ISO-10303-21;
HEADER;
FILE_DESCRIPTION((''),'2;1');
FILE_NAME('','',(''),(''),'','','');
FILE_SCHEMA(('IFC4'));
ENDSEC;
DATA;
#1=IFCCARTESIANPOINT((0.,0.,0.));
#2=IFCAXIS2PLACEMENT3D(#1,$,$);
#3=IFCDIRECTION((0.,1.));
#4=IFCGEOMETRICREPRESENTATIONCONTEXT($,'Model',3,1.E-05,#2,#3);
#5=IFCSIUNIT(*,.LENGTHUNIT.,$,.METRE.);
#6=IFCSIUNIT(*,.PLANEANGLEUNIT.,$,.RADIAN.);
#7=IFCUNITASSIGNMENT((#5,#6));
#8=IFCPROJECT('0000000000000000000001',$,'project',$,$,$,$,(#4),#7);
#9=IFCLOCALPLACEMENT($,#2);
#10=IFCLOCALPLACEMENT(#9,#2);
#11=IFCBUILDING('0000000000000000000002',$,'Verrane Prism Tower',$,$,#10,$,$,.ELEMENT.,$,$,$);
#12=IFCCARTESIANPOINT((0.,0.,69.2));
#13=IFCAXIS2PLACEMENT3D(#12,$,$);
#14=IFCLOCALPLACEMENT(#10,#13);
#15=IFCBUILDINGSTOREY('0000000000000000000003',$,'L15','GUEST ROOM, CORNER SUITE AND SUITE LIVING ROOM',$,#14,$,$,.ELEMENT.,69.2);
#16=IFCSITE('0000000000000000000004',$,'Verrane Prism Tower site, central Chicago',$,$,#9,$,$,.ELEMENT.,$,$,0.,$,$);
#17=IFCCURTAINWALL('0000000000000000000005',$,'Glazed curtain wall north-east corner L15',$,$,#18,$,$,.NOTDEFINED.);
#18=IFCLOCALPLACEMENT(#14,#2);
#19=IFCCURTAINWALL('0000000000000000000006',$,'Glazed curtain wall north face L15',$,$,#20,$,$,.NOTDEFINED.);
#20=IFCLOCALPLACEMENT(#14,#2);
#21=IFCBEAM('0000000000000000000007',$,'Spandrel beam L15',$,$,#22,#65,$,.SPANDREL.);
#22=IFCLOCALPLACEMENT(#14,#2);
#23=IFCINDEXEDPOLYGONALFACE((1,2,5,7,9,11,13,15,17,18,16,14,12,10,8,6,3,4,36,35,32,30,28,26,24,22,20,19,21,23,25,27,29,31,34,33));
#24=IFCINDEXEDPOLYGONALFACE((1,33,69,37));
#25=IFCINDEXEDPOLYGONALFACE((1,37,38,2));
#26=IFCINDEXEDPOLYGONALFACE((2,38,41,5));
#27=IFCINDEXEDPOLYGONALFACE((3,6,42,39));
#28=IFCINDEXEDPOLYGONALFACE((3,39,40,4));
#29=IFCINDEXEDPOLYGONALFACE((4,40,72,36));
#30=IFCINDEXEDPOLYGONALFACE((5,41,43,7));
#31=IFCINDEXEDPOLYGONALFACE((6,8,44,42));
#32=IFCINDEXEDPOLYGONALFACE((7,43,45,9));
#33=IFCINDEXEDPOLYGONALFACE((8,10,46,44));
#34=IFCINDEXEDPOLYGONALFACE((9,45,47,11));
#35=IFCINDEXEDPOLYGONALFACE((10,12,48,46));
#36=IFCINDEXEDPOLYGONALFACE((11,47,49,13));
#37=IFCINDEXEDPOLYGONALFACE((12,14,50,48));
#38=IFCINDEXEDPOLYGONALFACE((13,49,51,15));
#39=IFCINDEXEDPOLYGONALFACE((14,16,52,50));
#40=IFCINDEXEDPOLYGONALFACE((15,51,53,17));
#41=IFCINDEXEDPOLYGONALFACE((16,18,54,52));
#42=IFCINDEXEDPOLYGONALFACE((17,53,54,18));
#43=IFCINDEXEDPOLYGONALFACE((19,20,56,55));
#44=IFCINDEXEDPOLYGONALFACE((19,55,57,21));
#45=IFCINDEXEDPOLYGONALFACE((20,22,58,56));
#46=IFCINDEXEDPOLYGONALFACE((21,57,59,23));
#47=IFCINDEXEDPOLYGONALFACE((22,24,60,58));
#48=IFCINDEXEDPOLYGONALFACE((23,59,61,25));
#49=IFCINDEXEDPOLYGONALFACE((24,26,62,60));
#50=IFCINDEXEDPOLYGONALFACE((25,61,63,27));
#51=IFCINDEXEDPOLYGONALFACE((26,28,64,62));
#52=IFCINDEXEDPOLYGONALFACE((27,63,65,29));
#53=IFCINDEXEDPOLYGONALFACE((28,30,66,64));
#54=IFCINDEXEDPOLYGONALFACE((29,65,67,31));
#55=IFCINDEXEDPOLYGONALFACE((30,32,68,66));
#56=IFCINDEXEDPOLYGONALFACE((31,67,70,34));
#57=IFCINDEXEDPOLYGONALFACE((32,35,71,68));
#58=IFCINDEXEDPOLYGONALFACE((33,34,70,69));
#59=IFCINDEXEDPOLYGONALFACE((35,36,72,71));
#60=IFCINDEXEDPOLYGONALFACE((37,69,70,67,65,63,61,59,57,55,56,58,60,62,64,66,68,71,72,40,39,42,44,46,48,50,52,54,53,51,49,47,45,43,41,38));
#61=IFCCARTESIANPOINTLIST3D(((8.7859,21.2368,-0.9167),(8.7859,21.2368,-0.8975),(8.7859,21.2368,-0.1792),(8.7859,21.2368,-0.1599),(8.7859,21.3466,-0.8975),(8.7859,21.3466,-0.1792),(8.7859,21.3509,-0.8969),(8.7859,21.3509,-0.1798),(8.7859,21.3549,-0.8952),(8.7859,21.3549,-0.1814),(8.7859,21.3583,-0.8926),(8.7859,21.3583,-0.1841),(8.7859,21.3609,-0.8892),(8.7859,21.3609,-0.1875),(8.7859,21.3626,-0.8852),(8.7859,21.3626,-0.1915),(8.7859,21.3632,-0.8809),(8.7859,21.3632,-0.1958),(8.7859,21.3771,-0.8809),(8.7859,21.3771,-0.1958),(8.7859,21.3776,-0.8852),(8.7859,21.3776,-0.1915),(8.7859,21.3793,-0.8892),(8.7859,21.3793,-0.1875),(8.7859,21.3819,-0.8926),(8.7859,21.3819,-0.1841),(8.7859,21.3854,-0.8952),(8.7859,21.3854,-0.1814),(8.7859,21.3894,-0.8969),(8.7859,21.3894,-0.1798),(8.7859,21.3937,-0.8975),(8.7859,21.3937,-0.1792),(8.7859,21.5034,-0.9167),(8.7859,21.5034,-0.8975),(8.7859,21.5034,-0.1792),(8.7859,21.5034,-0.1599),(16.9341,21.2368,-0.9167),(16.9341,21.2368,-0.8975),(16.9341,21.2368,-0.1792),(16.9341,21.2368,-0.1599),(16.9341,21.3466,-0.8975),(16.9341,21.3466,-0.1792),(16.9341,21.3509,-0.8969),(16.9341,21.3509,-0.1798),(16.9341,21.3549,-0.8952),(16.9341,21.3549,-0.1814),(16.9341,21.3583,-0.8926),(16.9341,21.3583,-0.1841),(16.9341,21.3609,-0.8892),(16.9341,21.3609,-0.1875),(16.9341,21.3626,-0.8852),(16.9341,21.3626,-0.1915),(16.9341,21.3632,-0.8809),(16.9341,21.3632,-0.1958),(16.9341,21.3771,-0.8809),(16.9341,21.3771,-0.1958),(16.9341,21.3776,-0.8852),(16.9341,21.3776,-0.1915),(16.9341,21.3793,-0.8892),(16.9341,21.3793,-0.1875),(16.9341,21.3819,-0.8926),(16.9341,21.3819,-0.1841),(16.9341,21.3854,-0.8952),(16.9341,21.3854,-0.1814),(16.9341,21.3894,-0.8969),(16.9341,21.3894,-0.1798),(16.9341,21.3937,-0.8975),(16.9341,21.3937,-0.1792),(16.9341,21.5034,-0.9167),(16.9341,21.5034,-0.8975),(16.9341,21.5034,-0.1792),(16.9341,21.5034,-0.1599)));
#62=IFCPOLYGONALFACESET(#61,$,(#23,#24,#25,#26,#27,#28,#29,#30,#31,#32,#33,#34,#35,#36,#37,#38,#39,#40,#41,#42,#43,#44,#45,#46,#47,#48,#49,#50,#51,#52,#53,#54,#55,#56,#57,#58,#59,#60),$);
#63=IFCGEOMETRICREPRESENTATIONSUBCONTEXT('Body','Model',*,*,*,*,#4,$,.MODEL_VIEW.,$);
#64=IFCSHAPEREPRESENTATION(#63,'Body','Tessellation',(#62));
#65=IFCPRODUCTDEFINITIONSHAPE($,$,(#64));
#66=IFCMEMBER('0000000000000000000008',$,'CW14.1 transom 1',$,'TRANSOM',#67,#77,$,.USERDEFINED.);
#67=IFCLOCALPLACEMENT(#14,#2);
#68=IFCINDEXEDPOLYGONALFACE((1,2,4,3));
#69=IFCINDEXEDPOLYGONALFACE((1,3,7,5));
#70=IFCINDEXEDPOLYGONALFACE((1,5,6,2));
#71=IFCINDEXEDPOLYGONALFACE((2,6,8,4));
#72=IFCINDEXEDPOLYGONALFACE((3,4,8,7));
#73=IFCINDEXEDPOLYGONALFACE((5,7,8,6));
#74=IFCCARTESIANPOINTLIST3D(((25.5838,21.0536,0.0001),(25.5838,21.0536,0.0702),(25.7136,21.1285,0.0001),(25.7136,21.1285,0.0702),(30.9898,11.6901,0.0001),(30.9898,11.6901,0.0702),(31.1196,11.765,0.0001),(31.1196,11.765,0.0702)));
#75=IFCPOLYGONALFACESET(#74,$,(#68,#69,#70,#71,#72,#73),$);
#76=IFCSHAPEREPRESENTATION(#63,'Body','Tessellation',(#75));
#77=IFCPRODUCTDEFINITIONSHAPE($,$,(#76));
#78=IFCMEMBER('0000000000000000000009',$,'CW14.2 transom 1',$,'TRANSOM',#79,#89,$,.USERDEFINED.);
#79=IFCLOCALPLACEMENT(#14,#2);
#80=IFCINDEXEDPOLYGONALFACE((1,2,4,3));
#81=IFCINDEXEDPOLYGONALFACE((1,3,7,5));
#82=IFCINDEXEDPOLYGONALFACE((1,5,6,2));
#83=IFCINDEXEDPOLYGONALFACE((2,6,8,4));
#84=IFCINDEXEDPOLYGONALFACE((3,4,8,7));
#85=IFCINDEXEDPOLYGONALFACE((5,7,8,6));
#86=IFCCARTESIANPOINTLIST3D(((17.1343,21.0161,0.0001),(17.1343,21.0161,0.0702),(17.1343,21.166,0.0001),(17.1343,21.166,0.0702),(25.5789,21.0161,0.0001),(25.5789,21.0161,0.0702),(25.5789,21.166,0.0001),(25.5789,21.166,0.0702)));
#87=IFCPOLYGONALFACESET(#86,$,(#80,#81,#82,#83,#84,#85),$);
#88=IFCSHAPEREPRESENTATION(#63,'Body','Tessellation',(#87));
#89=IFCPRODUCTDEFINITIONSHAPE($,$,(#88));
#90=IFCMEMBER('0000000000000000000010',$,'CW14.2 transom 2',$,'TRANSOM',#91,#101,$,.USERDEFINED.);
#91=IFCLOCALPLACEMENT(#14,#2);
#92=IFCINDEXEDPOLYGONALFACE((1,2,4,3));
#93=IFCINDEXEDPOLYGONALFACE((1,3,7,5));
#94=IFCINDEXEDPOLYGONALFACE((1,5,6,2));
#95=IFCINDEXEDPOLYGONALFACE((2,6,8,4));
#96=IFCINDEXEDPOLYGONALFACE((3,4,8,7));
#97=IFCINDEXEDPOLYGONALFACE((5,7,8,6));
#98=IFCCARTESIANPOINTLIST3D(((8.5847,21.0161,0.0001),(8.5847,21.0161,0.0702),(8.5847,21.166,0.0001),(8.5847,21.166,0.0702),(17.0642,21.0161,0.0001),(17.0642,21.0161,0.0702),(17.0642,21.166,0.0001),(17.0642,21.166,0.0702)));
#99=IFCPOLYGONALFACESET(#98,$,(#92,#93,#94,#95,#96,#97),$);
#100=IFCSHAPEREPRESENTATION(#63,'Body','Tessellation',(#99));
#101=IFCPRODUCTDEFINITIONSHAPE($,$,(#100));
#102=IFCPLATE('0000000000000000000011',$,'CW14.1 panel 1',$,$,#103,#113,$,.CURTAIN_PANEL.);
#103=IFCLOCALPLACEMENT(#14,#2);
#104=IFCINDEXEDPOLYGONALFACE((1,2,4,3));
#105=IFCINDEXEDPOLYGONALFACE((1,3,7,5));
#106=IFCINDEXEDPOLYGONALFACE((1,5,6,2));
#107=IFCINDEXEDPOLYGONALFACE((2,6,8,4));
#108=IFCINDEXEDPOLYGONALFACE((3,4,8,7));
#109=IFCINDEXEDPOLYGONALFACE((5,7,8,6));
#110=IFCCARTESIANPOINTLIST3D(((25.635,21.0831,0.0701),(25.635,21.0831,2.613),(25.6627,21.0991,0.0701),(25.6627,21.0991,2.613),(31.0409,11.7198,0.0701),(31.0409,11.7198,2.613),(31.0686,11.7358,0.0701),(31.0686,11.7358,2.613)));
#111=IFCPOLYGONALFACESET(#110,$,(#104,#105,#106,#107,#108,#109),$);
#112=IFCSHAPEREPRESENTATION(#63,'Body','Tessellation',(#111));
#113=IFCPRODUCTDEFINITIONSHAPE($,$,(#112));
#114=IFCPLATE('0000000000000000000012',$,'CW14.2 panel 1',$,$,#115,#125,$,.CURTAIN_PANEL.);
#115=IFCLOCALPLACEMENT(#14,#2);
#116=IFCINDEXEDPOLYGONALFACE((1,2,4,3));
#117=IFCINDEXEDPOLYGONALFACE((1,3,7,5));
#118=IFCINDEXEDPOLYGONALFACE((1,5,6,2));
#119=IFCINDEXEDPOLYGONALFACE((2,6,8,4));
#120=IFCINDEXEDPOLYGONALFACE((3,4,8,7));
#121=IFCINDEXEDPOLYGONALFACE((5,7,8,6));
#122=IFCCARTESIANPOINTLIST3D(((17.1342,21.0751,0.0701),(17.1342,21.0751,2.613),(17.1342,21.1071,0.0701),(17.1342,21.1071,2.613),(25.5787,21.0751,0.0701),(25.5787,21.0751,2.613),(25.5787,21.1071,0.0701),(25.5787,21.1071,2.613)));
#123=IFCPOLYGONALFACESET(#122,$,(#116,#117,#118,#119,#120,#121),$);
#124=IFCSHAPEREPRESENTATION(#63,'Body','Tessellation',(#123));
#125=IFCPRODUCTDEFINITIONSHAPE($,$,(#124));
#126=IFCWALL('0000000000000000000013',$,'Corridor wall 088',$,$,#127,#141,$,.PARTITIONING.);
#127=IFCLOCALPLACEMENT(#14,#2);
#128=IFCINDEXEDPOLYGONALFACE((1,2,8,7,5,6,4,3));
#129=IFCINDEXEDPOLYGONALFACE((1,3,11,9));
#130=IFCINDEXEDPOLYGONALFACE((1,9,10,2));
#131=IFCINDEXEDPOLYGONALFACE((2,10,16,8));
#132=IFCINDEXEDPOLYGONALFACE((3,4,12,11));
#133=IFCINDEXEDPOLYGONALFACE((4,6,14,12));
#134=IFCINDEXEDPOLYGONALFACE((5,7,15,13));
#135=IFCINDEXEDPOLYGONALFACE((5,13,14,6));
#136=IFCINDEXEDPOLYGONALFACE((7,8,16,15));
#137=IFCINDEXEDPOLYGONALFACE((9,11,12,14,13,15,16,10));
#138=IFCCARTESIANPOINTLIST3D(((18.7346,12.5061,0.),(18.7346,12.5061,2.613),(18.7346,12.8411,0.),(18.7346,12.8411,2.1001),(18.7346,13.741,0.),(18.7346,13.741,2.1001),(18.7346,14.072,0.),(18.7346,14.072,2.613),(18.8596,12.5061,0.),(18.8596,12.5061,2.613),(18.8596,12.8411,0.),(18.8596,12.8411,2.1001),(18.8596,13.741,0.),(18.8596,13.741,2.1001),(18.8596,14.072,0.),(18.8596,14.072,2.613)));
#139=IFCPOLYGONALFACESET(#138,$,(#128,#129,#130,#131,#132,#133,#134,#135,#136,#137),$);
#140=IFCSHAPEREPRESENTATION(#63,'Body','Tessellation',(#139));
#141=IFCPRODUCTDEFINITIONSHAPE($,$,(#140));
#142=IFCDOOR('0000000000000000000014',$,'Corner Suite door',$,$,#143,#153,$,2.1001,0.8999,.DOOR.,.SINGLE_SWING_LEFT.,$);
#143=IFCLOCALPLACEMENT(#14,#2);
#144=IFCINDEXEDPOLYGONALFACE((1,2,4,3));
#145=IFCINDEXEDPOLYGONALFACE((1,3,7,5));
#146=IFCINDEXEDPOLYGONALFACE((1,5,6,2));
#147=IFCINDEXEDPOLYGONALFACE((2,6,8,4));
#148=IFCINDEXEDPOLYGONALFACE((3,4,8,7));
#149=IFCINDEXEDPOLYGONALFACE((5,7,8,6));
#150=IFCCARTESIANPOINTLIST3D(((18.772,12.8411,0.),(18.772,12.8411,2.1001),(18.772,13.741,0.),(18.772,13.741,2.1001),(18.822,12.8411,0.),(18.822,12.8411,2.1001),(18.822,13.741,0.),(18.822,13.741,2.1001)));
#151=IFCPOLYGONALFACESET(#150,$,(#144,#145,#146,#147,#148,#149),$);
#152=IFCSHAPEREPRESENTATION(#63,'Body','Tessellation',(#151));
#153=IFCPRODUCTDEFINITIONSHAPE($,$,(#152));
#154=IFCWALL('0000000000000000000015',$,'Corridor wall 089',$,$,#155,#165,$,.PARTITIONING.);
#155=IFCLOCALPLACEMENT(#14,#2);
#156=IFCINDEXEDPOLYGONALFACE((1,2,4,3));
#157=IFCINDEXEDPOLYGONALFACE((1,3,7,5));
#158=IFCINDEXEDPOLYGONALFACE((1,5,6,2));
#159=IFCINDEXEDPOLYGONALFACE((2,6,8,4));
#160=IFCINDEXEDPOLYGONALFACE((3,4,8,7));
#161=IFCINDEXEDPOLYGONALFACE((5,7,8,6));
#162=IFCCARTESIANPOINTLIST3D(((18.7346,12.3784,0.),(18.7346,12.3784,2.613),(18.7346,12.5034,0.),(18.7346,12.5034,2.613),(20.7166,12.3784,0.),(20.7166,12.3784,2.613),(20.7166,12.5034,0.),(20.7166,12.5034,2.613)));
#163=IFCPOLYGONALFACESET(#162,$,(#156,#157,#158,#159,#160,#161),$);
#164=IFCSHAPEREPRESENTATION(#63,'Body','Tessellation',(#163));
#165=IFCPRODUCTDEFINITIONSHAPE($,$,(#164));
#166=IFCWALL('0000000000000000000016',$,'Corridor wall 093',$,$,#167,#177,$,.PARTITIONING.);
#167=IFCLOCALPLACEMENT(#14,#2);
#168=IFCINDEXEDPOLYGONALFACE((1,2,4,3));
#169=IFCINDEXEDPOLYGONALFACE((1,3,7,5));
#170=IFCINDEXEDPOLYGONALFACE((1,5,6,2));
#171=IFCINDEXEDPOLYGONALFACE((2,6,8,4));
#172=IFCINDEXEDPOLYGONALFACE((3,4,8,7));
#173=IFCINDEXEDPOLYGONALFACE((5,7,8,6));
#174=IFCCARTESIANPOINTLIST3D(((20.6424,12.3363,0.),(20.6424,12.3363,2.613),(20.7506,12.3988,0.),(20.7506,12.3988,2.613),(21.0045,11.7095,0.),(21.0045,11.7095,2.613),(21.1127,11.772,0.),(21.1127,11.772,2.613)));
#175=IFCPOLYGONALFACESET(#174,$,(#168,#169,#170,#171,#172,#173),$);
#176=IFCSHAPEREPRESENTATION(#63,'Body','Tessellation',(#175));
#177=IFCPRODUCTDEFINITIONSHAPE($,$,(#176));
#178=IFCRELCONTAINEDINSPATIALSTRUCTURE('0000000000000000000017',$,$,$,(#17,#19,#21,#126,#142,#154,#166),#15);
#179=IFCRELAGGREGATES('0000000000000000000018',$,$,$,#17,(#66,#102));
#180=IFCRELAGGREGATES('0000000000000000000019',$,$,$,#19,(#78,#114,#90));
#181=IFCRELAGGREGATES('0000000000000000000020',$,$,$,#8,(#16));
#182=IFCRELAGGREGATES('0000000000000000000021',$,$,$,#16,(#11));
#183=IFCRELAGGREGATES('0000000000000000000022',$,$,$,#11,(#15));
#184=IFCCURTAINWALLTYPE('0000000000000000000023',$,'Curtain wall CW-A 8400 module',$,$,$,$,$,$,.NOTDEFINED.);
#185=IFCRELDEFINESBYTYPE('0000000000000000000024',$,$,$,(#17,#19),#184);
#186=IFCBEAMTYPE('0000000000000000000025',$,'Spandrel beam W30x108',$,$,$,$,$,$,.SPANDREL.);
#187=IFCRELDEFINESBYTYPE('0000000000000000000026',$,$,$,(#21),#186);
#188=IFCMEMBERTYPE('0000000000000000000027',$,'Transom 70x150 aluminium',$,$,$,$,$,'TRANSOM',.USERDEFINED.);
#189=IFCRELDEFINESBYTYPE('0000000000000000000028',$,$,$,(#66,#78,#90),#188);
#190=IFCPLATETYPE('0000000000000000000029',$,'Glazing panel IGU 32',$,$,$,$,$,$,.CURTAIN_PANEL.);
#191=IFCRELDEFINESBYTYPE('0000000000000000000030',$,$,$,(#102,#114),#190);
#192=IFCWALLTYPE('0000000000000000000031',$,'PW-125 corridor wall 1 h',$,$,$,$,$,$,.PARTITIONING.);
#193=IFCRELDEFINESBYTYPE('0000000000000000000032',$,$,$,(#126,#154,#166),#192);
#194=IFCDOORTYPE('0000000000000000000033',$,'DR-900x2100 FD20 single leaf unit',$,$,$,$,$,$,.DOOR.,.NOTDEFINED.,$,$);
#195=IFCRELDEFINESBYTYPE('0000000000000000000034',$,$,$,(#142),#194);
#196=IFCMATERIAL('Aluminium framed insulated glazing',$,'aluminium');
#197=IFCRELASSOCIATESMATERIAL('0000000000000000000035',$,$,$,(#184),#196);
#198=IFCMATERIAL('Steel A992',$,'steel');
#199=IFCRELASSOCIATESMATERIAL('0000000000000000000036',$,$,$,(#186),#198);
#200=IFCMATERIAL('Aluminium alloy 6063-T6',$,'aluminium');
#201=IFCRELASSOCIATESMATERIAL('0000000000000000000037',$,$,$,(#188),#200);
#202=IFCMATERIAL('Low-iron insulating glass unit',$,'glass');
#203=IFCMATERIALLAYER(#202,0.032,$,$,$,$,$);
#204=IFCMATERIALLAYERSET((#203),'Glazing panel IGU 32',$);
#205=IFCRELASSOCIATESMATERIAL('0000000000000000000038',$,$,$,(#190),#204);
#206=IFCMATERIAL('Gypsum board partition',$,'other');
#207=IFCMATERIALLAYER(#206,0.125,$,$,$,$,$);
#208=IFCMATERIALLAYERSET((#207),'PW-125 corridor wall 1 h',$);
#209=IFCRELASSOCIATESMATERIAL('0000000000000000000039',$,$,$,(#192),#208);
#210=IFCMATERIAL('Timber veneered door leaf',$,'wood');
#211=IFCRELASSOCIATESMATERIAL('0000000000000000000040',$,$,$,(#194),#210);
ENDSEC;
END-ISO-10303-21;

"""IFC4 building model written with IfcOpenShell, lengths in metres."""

from ifc_helpers import new_model, si_unit, direction, frame, frame_2d, origin, origin_2d, place, context, subcontext, project, spatial, rectangle, i_section, extrude, material, layer, layer_set, material_profile, profile_set, type_object, element, fill, aggregate, save


model = new_model("IFC4")

# Units and contexts
model_context = context("Model", 3, precision=1e-05, world=origin(), true_north=direction((0.0, 1.0)))
body_context = subcontext(model_context, "Body", "Model", "MODEL_VIEW")
ifc_project = project(units=[si_unit("LENGTHUNIT", "METRE"), si_unit("PLANEANGLEUNIT", "RADIAN")], contexts=[model_context])

# Site, building, storey
site_placement = place(None, origin())
site = spatial("IfcSite", under=ifc_project, at=site_placement, Name="Verrane Prism Tower site, central Chicago", CompositionType="ELEMENT", RefElevation=0.0)
building_placement = place(site_placement, origin())
building = spatial("IfcBuilding", under=site, at=building_placement, Name="Verrane Prism Tower", CompositionType="ELEMENT")
storey_placement = place(building_placement, frame((0.0, 0.0, 69.2)))
storey = spatial("IfcBuildingStorey", under=building, at=storey_placement, Name="L15", Description="GUEST ROOM, CORNER SUITE AND SUITE LIVING ROOM", CompositionType="ELEMENT", Elevation=69.2)

# Curtain wall
ifc_material_1 = material(Name="Aluminium framed insulated glazing", Category="aluminium")
curtain_wall_type = type_object("IfcCurtainWallType", Name="Curtain wall CW-A 8400 module", PredefinedType="NOTDEFINED", material=ifc_material_1)
curtain_wall_1_placement = place(storey_placement, origin())
curtain_wall_1 = element("IfcCurtainWall", 1, at=curtain_wall_1_placement, inside=storey, type_object=curtain_wall_type, Name="Glazed curtain wall north-east corner L15", PredefinedType="NOTDEFINED")

# Curtain wall
curtain_wall_2_placement = place(storey_placement, origin())
curtain_wall_2 = element("IfcCurtainWall", 2, at=curtain_wall_2_placement, inside=storey, type_object=curtain_wall_type, Name="Glazed curtain wall north face L15", PredefinedType="NOTDEFINED")

# Beam
ifc_material_2 = material(Name="Steel A992", Category="steel")
ifc_material_profile_1 = material_profile(ifc_material_2, i_section(OverallWidth=0.2666, OverallDepth=0.7568, WebThickness=0.0139, FlangeThickness=0.0193, FilletRadius=0.0166, at=origin_2d()), Name="W30x108")
ifc_profile_set_1 = profile_set([ifc_material_profile_1], Name="Steel A992")
beam_type_1 = type_object("IfcBeamType", Name="Spandrel beam W30x108", PredefinedType="SPANDREL", material=ifc_profile_set_1)
beam_1_placement = place(storey_placement, frame((16.9341, 21.3701, -0.5383), z_axis=(-1.0, 0.0, 0.0), x_axis=(0.0, -1.0, 0.0)))
element("IfcBeam", 3, at=beam_1_placement, inside=storey, type_object=beam_type_1, Name="Spandrel beam L15", PredefinedType="SPANDREL", context=body_context, shape_type="SweptSolid", body=[
    extrude(i_section(OverallWidth=0.2666, OverallDepth=0.7568, WebThickness=0.0139, FlangeThickness=0.0193, FilletRadius=0.0166, at=origin_2d()), origin(), (0.0, 0.0, 1.0), 8.1482),
])

# Members
ifc_material_3 = material(Name="Aluminium alloy 6063-T6", Category="aluminium")
ifc_material_profile_2 = material_profile(ifc_material_3, rectangle(XDim=0.1499, YDim=0.0701, at=origin_2d()), Name="Transom 70x150 aluminium")
ifc_profile_set_2 = profile_set([ifc_material_profile_2], Name="Aluminium alloy 6063-T6")
member_type_1 = type_object("IfcMemberType", Name="Transom 70x150 aluminium", ElementType="TRANSOM", PredefinedType="USERDEFINED", material=ifc_profile_set_2)
member_1_placement = place(storey_placement, frame((31.0547, 11.7275, 0.0352), z_axis=(-0.499998, 0.866027, 0.0), x_axis=(-0.866027, -0.499998, 0.0)))
member_1 = element("IfcMember", 4, at=member_1_placement, type_object=member_type_1, Name="CW14.1 transom 1", ObjectType="TRANSOM", PredefinedType="USERDEFINED", context=body_context, shape_type="SweptSolid", body=[
    extrude(rectangle(XDim=0.1499, YDim=0.0701, at=origin_2d()), origin(), (0.0, 0.0, 1.0), 10.812),
])
member_2_placement = place(storey_placement, frame((25.5789, 21.0911, 0.0352), z_axis=(-1.0, 0.0, 0.0), x_axis=(0.0, -1.0, 0.0)))
member_2 = element("IfcMember", 5, at=member_2_placement, type_object=member_type_1, Name="CW14.2 transom 1", ObjectType="TRANSOM", PredefinedType="USERDEFINED", context=body_context, shape_type="SweptSolid", body=[
    extrude(rectangle(XDim=0.1499, YDim=0.0701, at=origin_2d()), origin(), (0.0, 0.0, 1.0), 8.4446),
])
member_3_placement = place(storey_placement, frame((17.0642, 21.0911, 0.0352), z_axis=(-1.0, 0.0, 0.0), x_axis=(0.0, -1.0, 0.0)))
member_3 = element("IfcMember", 6, at=member_3_placement, type_object=member_type_1, Name="CW14.2 transom 2", ObjectType="TRANSOM", PredefinedType="USERDEFINED", context=body_context, shape_type="SweptSolid", body=[
    extrude(rectangle(XDim=0.1499, YDim=0.0701, at=origin_2d()), origin(), (0.0, 0.0, 1.0), 8.4795),
])

# Plates
ifc_material_4 = material(Name="Low-iron insulating glass unit", Category="glass")
ifc_layer_1 = layer(ifc_material_4, 0.032)
ifc_layer_set_1 = layer_set([ifc_layer_1], Name="Glazing panel IGU 32")
plate_type = type_object("IfcPlateType", Name="Glazing panel IGU 32", PredefinedType="CURTAIN_PANEL", material=ifc_layer_set_1)
plate_1_placement = place(storey_placement, frame((28.3518, 16.4094, 0.0701), z_axis=(0.0, 0.0, 1.0), x_axis=(-0.499997, 0.866027, 0.0)))
plate_1 = element("IfcPlate", 7, at=plate_1_placement, type_object=plate_type, Name="CW14.1 panel 1", PredefinedType="CURTAIN_PANEL", context=body_context, shape_type="SweptSolid", body=[
    extrude(rectangle(XDim=10.8118, YDim=0.032, at=origin_2d()), origin(), (0.0, 0.0, 1.0), 2.543),
])
aggregate(curtain_wall_1, [member_1, plate_1])
plate_2_placement = place(storey_placement, frame((21.3564, 21.0911, 0.0701), z_axis=(0.0, 0.0, 1.0), x_axis=(-1.0, 0.0, 0.0)))
plate_2 = element("IfcPlate", 8, at=plate_2_placement, type_object=plate_type, Name="CW14.2 panel 1", PredefinedType="CURTAIN_PANEL", context=body_context, shape_type="SweptSolid", body=[
    extrude(rectangle(XDim=8.4446, YDim=0.032, at=origin_2d()), origin(), (0.0, 0.0, 1.0), 2.543),
])
aggregate(curtain_wall_2, [member_2, plate_2, member_3])

# Wall, opening, door
ifc_material_5 = material(Name="Gypsum board partition", Category="other")
ifc_layer_2 = layer(ifc_material_5, 0.125)
ifc_layer_set_2 = layer_set([ifc_layer_2], Name="PW-125 corridor wall 1 h")
wall_type_1 = type_object("IfcWallType", Name="PW-125 corridor wall 1 h", PredefinedType="PARTITIONING", material=ifc_layer_set_2)
wall_1_placement = place(storey_placement, frame((18.7971, 14.072, 0.0), z_axis=(0.0, 0.0, 1.0), x_axis=(0.0, -1.0, 0.0)))
wall_1 = element("IfcWall", 9, at=wall_1_placement, inside=storey, type_object=wall_type_1, Name="Corridor wall 088", PredefinedType="PARTITIONING", context=body_context, shape_type="SweptSolid", body=[
    extrude(rectangle(XDim=1.5659, YDim=0.125, at=frame_2d((0.783, 0.0))), origin(), (0.0, 0.0, 1.0), 2.613),
])
opening_1_placement = place(wall_1_placement, frame((0.3311, 0.0, 0.0)))
opening_1 = element("IfcOpeningElement", 10, at=opening_1_placement, cuts=wall_1, PredefinedType="OPENING", context=body_context, shape_type="SweptSolid", body=[
    extrude(rectangle(XDim=0.8999, YDim=2.1001, at=frame_2d((0.45, 1.05))), frame((0.0, 0.0725, 0.0), z_axis=(0.0, -1.0, 0.0), x_axis=(1.0, 0.0, 0.0)), (0.0, 0.0, 1.0), 0.145),
])
ifc_material_6 = material(Name="Timber veneered door leaf", Category="wood")
door_type_1 = type_object("IfcDoorType", Name="DR-900x2100 FD20 single leaf unit", OperationType="NOTDEFINED", PredefinedType="DOOR", material=ifc_material_6)
door_1_placement = place(opening_1_placement, origin())
door_1 = element("IfcDoor", 11, at=door_1_placement, inside=storey, type_object=door_type_1, Name="Corner Suite door", OperationType="SINGLE_SWING_LEFT", OverallHeight=2.1001, OverallWidth=0.8999, PredefinedType="DOOR", context=body_context, shape_type="SweptSolid", body=[
    extrude(rectangle(XDim=0.8999, YDim=2.1001, at=frame_2d((0.45, 1.05))), frame((0.0, 0.0249, 0.0), z_axis=(0.0, -1.0, 0.0), x_axis=(1.0, 0.0, 0.0)), (0.0, 0.0, 1.0), 0.05),
])
fill(opening_1, door_1)

# Walls
wall_2_placement = place(storey_placement, frame((18.7346, 12.4409, 0.0), z_axis=(0.0, 0.0, 1.0), x_axis=(1.0, 0.0, 0.0)))
element("IfcWall", 12, at=wall_2_placement, inside=storey, type_object=wall_type_1, Name="Corridor wall 089", PredefinedType="PARTITIONING", context=body_context, shape_type="SweptSolid", body=[
    extrude(rectangle(XDim=1.9819, YDim=0.125, at=frame_2d((0.991, 0.0))), origin(), (0.0, 0.0, 1.0), 2.613),
])
wall_3_placement = place(storey_placement, frame((20.6965, 12.3674, 0.0), z_axis=(0.0, 0.0, 1.0), x_axis=(0.500238, -0.865888, 0.0)))
element("IfcWall", 13, at=wall_3_placement, inside=storey, type_object=wall_type_1, Name="Corridor wall 093", PredefinedType="PARTITIONING", context=body_context, shape_type="SweptSolid", body=[
    extrude(rectangle(XDim=0.7239, YDim=0.125, at=frame_2d((0.3618, 0.0))), origin(), (0.0, 0.0, 1.0), 2.613),
])

save(model, "model.ifc")
